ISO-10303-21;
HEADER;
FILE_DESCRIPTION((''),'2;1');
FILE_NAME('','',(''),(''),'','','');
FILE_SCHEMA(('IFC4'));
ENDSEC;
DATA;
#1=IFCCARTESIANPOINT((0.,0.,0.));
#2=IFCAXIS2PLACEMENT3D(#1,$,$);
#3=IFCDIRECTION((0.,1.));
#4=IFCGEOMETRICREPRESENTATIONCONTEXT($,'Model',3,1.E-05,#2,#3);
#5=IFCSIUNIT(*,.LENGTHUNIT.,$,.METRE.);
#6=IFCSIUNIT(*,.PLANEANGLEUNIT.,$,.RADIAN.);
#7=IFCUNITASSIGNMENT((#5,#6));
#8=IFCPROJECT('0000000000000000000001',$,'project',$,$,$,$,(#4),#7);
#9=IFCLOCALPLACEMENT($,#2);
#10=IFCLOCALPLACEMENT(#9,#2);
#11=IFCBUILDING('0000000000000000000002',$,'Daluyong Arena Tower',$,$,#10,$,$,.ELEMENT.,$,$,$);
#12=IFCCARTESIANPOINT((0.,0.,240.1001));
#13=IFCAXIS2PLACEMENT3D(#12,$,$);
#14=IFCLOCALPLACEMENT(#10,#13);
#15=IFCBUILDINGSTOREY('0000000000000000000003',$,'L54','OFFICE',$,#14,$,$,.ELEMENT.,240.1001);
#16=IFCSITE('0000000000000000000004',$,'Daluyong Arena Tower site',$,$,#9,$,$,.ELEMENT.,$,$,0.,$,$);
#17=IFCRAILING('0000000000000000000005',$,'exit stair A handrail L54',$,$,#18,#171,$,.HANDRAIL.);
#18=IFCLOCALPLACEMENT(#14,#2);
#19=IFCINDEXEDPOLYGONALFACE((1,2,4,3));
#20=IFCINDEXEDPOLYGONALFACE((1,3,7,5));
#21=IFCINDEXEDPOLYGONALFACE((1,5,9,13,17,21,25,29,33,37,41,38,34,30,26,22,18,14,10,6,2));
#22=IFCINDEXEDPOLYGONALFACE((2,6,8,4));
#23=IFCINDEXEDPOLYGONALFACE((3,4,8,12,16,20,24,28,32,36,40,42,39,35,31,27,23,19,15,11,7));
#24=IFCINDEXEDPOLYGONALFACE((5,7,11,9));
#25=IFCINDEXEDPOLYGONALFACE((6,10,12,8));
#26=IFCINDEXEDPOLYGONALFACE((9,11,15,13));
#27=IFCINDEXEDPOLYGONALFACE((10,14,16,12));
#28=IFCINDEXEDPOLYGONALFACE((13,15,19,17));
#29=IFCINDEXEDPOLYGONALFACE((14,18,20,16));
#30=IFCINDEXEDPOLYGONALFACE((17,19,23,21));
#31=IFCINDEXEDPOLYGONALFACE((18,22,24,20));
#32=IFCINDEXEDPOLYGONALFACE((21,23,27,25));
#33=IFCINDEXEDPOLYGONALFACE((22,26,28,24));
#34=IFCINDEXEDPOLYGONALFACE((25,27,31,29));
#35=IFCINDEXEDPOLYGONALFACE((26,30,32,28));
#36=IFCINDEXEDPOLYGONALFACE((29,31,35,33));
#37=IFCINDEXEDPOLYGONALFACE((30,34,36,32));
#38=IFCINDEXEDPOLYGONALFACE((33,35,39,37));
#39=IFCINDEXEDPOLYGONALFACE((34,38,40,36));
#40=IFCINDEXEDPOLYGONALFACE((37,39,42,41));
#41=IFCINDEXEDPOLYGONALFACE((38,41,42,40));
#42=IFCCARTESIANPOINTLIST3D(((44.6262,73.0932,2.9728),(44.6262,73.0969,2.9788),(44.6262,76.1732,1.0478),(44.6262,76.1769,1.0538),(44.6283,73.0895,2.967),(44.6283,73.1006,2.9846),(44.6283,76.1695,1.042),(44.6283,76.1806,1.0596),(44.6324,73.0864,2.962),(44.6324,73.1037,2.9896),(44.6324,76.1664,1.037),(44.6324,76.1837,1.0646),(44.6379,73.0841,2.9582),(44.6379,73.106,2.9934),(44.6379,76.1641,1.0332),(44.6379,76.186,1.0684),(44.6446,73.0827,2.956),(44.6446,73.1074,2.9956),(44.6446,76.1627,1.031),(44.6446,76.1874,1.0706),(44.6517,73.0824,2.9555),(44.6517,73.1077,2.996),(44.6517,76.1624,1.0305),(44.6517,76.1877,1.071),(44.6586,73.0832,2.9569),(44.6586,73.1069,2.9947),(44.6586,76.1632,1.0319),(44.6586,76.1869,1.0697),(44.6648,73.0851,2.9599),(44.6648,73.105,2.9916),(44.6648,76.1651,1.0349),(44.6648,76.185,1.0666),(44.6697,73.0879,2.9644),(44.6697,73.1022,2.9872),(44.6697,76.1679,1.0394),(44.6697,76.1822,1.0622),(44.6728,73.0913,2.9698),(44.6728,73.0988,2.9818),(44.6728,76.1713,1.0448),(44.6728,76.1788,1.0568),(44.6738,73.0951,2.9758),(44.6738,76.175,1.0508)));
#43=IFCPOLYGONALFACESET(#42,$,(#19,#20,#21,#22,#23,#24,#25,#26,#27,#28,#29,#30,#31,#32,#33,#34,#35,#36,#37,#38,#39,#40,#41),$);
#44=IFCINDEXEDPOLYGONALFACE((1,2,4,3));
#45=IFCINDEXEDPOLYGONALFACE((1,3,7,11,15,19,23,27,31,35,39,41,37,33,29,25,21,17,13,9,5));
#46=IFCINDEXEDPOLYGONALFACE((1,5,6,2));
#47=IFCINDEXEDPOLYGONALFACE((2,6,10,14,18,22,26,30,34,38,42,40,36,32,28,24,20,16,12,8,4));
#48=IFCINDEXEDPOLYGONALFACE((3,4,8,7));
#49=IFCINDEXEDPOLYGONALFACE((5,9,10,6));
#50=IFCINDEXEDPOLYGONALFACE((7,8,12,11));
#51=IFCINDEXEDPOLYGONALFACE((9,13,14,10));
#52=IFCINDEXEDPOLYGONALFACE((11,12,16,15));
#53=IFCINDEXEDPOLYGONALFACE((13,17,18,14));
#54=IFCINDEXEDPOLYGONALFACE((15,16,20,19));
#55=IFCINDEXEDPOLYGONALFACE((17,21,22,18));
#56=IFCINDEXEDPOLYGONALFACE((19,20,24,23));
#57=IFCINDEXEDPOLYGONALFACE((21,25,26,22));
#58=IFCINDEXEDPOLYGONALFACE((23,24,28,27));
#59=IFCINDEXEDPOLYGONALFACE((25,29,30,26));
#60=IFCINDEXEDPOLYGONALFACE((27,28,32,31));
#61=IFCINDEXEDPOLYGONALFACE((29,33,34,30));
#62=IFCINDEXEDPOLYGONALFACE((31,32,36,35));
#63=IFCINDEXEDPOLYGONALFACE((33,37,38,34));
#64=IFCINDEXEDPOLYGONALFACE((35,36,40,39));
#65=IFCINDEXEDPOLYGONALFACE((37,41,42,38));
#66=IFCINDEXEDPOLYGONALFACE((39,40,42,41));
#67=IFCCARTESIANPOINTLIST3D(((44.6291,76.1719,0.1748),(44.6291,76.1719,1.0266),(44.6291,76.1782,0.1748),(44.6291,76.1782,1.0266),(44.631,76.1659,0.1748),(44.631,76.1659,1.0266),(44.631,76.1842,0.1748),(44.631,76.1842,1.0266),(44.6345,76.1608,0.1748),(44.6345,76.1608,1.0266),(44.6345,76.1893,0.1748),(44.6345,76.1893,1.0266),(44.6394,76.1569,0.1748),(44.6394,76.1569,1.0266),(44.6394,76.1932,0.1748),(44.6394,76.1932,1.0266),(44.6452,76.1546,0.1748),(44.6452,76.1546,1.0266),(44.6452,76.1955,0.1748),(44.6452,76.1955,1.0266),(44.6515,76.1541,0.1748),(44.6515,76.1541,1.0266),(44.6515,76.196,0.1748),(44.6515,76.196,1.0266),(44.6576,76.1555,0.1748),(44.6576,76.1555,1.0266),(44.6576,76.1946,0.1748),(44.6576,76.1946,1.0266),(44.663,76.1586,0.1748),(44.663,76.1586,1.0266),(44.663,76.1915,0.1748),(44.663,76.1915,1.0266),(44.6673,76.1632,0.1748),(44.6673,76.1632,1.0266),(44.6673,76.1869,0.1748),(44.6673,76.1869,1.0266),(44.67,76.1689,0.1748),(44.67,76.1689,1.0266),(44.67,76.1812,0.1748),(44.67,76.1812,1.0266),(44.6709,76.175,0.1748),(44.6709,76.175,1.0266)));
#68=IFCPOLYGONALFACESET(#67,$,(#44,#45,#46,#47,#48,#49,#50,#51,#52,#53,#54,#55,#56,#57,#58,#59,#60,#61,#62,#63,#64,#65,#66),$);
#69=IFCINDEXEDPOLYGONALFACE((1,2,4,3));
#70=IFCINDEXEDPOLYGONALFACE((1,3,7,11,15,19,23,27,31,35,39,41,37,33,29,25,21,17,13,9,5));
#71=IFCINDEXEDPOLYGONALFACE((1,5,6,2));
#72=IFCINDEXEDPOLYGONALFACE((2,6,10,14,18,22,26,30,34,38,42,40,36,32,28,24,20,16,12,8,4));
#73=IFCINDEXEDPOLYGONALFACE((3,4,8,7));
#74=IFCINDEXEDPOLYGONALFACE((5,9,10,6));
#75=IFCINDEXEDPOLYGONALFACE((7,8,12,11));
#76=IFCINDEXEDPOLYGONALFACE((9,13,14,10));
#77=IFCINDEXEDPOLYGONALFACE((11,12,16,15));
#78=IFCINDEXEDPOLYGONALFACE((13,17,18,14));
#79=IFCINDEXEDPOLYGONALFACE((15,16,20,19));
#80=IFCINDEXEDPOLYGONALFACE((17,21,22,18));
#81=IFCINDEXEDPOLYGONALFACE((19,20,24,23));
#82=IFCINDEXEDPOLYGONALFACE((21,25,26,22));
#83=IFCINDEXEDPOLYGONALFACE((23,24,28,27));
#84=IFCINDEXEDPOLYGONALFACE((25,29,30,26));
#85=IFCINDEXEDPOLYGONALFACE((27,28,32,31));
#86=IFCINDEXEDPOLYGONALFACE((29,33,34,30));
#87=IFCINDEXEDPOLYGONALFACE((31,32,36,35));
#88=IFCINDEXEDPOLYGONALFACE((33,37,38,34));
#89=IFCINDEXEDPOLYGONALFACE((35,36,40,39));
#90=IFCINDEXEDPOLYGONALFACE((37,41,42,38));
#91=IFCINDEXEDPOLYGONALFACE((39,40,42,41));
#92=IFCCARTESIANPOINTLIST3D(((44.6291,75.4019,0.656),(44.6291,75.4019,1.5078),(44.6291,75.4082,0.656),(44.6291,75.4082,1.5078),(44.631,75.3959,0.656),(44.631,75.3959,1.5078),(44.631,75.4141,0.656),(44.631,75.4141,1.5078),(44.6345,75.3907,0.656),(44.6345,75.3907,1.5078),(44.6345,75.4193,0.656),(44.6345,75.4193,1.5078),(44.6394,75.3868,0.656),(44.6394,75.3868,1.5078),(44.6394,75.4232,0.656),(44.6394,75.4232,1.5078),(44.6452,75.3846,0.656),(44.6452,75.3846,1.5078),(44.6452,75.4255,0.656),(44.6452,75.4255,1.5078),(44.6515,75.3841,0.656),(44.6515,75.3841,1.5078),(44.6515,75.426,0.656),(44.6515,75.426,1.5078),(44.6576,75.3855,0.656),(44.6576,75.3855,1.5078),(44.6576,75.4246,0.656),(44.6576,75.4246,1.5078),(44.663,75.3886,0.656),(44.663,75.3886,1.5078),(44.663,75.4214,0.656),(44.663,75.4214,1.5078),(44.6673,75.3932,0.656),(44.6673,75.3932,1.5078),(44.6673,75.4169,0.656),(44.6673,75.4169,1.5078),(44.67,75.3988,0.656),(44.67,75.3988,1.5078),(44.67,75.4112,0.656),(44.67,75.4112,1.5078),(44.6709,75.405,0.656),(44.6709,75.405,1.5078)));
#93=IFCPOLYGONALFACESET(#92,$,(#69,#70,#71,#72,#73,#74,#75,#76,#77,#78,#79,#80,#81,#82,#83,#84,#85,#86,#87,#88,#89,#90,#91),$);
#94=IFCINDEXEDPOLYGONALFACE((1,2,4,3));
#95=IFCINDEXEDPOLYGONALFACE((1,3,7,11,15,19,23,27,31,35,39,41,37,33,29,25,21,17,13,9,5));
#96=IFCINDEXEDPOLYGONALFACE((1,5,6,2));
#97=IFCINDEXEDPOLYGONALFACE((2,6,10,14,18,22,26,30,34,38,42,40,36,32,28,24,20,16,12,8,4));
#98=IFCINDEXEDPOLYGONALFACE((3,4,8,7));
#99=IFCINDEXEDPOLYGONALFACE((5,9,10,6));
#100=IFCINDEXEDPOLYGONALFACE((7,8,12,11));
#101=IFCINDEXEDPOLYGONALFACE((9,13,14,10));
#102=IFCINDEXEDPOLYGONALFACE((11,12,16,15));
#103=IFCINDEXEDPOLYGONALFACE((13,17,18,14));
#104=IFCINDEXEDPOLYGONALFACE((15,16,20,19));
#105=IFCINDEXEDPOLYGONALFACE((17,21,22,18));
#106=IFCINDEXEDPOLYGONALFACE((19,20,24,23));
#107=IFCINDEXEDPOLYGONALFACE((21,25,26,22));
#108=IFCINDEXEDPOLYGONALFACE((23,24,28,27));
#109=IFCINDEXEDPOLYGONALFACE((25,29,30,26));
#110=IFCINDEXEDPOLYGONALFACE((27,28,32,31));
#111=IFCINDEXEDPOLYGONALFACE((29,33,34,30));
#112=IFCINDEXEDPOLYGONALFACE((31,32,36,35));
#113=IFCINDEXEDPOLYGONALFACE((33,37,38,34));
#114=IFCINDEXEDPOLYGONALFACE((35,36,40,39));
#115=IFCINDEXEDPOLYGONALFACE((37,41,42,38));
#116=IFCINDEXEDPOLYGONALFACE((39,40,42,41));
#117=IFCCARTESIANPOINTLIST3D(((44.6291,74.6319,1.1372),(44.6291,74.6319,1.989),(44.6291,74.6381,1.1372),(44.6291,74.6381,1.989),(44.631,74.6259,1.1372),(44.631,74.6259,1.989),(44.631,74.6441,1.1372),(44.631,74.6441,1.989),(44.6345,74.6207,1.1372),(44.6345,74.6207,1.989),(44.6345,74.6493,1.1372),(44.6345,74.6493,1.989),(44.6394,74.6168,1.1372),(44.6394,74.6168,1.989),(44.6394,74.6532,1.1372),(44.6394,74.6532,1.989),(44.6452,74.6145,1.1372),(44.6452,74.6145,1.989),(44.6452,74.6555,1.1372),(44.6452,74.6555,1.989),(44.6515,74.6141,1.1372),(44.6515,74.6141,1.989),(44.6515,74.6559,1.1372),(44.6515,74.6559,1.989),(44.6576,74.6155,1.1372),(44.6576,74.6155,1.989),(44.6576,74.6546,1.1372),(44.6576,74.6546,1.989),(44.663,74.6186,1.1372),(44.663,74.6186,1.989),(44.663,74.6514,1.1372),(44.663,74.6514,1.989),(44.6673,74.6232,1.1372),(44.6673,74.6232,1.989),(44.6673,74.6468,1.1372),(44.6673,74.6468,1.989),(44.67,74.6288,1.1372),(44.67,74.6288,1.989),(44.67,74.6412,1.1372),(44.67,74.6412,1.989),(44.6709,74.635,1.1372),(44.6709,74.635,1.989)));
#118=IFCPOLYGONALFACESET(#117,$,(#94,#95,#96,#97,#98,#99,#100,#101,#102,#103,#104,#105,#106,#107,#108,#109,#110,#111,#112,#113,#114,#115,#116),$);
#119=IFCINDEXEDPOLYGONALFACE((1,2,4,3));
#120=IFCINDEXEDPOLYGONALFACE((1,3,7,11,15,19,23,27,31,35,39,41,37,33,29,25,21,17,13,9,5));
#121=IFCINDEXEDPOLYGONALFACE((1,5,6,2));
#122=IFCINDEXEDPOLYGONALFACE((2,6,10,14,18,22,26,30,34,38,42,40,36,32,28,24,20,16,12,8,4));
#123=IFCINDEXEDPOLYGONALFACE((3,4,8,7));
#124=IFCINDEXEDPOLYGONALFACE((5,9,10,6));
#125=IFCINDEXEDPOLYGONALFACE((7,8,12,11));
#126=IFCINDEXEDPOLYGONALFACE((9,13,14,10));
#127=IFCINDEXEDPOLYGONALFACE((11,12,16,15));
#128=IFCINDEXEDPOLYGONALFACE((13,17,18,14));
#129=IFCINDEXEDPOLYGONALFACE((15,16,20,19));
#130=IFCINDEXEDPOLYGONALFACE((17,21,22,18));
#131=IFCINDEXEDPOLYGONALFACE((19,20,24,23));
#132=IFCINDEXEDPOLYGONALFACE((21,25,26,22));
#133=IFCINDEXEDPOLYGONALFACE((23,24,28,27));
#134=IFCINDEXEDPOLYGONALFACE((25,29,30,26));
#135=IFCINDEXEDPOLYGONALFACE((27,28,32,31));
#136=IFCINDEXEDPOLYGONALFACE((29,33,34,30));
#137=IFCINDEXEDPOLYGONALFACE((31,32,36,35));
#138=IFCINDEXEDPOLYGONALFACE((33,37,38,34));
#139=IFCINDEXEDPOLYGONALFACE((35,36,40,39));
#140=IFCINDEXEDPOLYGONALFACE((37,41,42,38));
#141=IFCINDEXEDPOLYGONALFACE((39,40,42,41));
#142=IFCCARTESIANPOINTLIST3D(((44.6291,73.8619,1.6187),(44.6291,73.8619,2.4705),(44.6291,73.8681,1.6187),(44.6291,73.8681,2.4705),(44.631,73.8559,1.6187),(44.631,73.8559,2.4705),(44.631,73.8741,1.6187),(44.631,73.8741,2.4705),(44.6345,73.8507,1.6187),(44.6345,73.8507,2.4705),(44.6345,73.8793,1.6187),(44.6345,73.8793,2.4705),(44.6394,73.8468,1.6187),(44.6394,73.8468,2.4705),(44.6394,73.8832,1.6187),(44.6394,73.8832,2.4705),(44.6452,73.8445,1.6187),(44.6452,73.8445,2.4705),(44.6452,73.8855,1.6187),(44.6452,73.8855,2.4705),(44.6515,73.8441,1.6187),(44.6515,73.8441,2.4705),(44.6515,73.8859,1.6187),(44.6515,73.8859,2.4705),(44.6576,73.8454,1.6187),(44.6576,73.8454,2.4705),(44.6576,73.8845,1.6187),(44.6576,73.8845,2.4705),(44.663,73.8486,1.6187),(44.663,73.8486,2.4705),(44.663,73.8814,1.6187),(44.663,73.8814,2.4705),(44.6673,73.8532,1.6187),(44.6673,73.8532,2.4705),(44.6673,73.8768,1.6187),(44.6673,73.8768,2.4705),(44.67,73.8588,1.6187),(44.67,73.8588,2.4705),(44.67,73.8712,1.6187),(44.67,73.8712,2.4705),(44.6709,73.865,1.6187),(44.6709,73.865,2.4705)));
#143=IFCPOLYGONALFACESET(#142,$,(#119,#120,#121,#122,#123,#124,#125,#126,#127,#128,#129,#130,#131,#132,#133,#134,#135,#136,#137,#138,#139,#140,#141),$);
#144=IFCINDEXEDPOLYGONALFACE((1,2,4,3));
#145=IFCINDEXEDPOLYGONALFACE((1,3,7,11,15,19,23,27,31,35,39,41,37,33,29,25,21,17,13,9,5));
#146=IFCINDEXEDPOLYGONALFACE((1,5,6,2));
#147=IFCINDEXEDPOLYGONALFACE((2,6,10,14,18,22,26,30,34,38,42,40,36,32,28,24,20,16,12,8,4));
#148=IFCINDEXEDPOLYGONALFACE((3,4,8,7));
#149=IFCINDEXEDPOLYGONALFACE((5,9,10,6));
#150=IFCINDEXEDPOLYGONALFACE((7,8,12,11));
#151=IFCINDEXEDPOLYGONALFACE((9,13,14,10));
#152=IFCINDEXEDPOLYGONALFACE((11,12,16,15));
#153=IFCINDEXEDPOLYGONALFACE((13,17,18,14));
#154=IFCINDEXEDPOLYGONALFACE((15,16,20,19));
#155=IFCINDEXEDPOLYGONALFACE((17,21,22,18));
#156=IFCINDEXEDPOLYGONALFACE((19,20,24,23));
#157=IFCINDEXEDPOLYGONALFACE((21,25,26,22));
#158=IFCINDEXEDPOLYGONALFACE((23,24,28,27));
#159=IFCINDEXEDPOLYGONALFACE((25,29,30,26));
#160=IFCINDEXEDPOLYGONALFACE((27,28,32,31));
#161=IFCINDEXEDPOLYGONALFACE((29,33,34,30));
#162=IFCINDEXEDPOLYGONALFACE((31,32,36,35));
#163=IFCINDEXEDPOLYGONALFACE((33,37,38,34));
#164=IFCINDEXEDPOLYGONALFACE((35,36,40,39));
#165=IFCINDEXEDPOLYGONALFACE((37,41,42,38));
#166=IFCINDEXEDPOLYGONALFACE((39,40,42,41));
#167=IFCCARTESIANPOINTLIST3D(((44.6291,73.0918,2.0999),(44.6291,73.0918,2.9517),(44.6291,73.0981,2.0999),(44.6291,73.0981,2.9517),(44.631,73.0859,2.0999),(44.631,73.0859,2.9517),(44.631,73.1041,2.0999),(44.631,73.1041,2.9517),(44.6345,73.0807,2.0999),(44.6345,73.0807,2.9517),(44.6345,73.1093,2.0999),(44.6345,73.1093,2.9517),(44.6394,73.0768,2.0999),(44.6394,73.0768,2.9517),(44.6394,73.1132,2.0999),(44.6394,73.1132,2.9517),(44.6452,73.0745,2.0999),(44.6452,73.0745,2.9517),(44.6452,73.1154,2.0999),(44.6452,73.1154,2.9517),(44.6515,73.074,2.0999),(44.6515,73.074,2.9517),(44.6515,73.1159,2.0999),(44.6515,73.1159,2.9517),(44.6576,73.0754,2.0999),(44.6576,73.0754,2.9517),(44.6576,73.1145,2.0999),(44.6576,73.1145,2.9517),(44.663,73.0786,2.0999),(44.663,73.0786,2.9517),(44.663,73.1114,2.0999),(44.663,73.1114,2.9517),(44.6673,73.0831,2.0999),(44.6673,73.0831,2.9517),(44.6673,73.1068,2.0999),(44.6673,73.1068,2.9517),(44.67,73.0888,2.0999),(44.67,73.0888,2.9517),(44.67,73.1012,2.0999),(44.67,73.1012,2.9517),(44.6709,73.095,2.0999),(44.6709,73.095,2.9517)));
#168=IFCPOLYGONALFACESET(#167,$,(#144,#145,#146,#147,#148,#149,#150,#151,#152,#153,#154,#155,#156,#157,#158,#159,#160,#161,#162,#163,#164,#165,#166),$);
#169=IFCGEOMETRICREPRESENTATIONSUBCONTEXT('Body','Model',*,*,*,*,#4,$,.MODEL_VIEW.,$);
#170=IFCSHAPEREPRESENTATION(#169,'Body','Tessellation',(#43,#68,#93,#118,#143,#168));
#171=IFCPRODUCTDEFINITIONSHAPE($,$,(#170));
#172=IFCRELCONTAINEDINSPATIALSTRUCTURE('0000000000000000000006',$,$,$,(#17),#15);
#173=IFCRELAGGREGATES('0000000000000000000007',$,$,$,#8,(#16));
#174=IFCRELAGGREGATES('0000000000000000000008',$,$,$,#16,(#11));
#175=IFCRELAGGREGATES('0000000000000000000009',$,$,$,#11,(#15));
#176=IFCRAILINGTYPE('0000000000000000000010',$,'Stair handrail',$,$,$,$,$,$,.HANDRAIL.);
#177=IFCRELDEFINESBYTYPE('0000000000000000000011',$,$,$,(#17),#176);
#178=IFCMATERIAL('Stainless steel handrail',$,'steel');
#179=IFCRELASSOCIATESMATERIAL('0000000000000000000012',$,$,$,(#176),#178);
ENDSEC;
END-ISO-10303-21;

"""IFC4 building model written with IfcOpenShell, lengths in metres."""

from ifc_helpers import new_model, si_unit, direction, frame, origin, origin_2d, place, context, subcontext, project, spatial, circle, extrude, material, type_object, element, save


model = new_model("IFC4")

# Units and contexts
model_context = context("Model", 3, precision=1e-05, world=origin(), true_north=direction((0.0, 1.0)))
body_context = subcontext(model_context, "Body", "Model", "MODEL_VIEW")
ifc_project = project(units=[si_unit("LENGTHUNIT", "METRE"), si_unit("PLANEANGLEUNIT", "RADIAN")], contexts=[model_context])

# Site, building, storey
site_placement = place(None, origin())
site = spatial("IfcSite", under=ifc_project, at=site_placement, Name="Daluyong Arena Tower site", CompositionType="ELEMENT", RefElevation=0.0)
building_placement = place(site_placement, origin())
building = spatial("IfcBuilding", under=site, at=building_placement, Name="Daluyong Arena Tower", CompositionType="ELEMENT")
storey_placement = place(building_placement, frame((0.0, 0.0, 240.1001)))
storey = spatial("IfcBuildingStorey", under=building, at=storey_placement, Name="L54", Description="OFFICE", CompositionType="ELEMENT", Elevation=240.1001)

# Railing
ifc_material_1 = material(Name="Stainless steel handrail", Category="steel")
railing_type_1 = type_object("IfcRailingType", Name="Stair handrail", PredefinedType="HANDRAIL", material=ifc_material_1)
railing_1_placement = place(storey_placement, frame((44.6499, 76.175, 0.1748)))
element("IfcRailing", 1, at=railing_1_placement, inside=storey, type_object=railing_type_1, Name="exit stair A handrail L54", PredefinedType="HANDRAIL", context=body_context, shape_type="SweptSolid", body=[
    extrude(circle(Radius=0.0239, at=origin_2d()), frame((0.0, 0.0, 0.876), z_axis=(0.0, -0.847998, 0.529999), x_axis=(1.0, 0.0, 0.0)), (0.0, 0.0, 1.0), 3.6321),
    extrude(circle(Radius=0.021, at=origin_2d()), origin(), (0.0, 0.0, 1.0), 0.8518),
    extrude(circle(Radius=0.021, at=origin_2d()), frame((0.0, -0.77, 0.4812)), (0.0, 0.0, 1.0), 0.8518),
    extrude(circle(Radius=0.021, at=origin_2d()), frame((0.0, -1.54, 0.9624)), (0.0, 0.0, 1.0), 0.8518),
    extrude(circle(Radius=0.021, at=origin_2d()), frame((0.0, -2.3101, 1.4438)), (0.0, 0.0, 1.0), 0.8518),
    extrude(circle(Radius=0.021, at=origin_2d()), frame((0.0, -3.0801, 1.925)), (0.0, 0.0, 1.0), 0.8518),
])

save(model, "model.ifc")
